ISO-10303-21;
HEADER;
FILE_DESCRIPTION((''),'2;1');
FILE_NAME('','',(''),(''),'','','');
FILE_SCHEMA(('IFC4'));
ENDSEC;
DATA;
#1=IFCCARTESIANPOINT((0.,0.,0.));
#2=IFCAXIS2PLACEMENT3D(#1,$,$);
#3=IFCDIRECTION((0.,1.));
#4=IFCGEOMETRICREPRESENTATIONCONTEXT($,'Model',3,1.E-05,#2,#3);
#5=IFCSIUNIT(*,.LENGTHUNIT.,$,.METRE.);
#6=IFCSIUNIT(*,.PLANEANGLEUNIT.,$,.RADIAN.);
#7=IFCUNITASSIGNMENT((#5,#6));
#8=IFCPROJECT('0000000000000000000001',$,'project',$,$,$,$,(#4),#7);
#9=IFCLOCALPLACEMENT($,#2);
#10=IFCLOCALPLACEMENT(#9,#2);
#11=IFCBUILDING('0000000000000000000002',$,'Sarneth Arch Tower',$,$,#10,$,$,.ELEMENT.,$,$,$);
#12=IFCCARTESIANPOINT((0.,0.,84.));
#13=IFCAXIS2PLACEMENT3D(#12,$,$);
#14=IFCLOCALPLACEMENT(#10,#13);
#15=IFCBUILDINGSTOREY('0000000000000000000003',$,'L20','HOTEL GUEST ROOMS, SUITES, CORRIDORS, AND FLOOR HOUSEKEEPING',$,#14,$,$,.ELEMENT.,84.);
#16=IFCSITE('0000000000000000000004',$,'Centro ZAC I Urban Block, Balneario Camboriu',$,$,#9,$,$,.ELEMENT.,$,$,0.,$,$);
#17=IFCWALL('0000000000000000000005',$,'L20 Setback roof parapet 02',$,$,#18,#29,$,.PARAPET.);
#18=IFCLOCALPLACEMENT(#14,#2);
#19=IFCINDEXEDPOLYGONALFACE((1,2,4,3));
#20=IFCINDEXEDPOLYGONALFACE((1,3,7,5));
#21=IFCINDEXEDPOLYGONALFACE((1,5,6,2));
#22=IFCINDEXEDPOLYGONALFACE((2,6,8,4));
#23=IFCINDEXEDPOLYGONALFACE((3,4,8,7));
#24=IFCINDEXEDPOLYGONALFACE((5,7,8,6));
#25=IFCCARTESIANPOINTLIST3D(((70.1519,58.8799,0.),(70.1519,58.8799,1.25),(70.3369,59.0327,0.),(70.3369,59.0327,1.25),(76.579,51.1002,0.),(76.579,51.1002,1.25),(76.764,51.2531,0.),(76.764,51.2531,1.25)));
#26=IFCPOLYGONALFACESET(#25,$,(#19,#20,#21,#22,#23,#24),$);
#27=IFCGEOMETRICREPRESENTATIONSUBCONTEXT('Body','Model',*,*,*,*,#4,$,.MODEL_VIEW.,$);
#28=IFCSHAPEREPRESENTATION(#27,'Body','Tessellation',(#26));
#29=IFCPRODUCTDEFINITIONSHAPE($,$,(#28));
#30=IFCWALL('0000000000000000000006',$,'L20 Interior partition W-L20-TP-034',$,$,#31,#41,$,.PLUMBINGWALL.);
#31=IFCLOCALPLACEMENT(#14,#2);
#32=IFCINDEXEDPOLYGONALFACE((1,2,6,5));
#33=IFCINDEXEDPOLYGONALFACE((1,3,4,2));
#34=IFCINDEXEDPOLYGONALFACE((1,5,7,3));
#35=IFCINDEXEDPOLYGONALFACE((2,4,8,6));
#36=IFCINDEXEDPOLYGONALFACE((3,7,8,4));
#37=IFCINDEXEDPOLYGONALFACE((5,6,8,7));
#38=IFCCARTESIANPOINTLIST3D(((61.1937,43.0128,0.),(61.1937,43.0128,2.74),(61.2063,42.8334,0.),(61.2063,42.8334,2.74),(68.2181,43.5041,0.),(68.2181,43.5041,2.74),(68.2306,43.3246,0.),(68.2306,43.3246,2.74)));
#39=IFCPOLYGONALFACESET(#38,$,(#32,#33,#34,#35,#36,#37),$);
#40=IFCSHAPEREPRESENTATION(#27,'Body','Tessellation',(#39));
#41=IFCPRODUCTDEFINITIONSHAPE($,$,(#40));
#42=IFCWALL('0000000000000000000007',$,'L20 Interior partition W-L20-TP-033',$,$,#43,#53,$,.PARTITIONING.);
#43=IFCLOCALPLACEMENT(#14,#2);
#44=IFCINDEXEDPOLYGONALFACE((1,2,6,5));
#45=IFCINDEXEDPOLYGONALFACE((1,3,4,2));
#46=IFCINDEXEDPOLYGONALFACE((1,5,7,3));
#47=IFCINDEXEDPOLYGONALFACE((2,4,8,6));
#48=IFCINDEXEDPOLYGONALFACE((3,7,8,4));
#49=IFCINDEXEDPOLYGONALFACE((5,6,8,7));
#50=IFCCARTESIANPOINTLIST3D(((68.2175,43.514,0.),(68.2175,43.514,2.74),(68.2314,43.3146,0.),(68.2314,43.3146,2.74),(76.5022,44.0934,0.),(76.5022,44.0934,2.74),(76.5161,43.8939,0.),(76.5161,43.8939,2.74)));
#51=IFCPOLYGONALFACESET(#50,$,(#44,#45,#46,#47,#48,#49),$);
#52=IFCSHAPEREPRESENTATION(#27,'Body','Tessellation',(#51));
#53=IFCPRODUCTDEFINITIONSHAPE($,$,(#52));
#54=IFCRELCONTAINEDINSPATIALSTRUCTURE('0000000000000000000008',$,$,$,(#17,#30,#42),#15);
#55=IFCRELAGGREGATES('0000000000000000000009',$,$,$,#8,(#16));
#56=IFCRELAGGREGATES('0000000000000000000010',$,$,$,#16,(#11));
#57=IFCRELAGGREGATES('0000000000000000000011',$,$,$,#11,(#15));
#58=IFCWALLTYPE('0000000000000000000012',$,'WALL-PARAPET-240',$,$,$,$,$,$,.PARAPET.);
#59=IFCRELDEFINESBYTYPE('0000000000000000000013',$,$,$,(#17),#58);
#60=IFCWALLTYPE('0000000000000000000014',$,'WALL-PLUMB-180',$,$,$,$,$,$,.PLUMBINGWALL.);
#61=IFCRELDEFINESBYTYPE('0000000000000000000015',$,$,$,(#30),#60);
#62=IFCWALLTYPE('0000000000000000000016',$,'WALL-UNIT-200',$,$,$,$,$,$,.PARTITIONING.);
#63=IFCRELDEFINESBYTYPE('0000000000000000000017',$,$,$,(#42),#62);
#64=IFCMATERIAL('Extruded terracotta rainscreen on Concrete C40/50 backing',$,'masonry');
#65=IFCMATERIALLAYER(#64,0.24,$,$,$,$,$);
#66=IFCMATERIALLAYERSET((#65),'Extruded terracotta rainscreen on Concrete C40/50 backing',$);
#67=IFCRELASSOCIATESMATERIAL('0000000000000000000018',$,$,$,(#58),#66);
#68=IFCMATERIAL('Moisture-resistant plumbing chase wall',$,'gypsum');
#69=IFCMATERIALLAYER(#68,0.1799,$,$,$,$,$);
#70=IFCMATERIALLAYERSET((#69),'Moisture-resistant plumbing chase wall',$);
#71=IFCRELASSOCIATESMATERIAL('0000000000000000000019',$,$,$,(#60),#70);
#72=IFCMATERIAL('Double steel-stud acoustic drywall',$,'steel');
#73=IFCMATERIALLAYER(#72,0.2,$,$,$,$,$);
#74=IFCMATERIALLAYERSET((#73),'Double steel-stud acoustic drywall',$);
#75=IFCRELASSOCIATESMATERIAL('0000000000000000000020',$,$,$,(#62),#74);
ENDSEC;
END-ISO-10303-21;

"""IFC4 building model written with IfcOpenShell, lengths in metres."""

from ifc_helpers import new_model, si_unit, direction, frame, frame_2d, origin, place, context, subcontext, project, spatial, rectangle, extrude, material, layer, layer_set, type_object, element, save


model = new_model("IFC4")

# Units and contexts
model_context = context("Model", 3, precision=1e-05, world=origin(), true_north=direction((0.0, 1.0)))
body_context = subcontext(model_context, "Body", "Model", "MODEL_VIEW")
ifc_project = project(units=[si_unit("LENGTHUNIT", "METRE"), si_unit("PLANEANGLEUNIT", "RADIAN")], contexts=[model_context])

# Site, building, storey
site_placement = place(None, origin())
site = spatial("IfcSite", under=ifc_project, at=site_placement, Name="Centro ZAC I Urban Block, Balneario Camboriu", CompositionType="ELEMENT", RefElevation=0.0)
building_placement = place(site_placement, origin())
building = spatial("IfcBuilding", under=site, at=building_placement, Name="Sarneth Arch Tower", CompositionType="ELEMENT")
storey_placement = place(building_placement, frame((0.0, 0.0, 84.0)))
storey = spatial("IfcBuildingStorey", under=building, at=storey_placement, Name="L20", Description="HOTEL GUEST ROOMS, SUITES, CORRIDORS, AND FLOOR HOUSEKEEPING", CompositionType="ELEMENT", Elevation=84.0)

# Walls
ifc_material_1 = material(Name="Extruded terracotta rainscreen on Concrete C40/50 backing", Category="masonry")
ifc_layer_1 = layer(ifc_material_1, 0.24)
ifc_layer_set_1 = layer_set([ifc_layer_1], Name="Extruded terracotta rainscreen on Concrete C40/50 backing")
wall_type_1 = type_object("IfcWallType", Name="WALL-PARAPET-240", PredefinedType="PARAPET", material=ifc_layer_set_1)
wall_1_placement = place(storey_placement, frame((76.6714, 51.1768, 0.0), z_axis=(0.0, 0.0, 1.0), x_axis=(-0.636906, 0.770941, 0.0)))
element("IfcWall", 1, at=wall_1_placement, inside=storey, type_object=wall_type_1, Name="L20 Setback roof parapet 02", PredefinedType="PARAPET", context=body_context, shape_type="SweptSolid", body=[
    extrude(rectangle(XDim=10.0911, YDim=0.24, at=frame_2d((5.0454, 0.0))), origin(), (0.0, 0.0, 1.0), 1.25),
])
ifc_material_2 = material(Name="Moisture-resistant plumbing chase wall", Category="gypsum")
ifc_layer_2 = layer(ifc_material_2, 0.1799)
ifc_layer_set_2 = layer_set([ifc_layer_2], Name="Moisture-resistant plumbing chase wall")
wall_type_2 = type_object("IfcWallType", Name="WALL-PLUMB-180", PredefinedType="PLUMBINGWALL", material=ifc_layer_set_2)
wall_2_placement = place(storey_placement, frame((68.2244, 43.4143, 0.0), z_axis=(0.0, 0.0, 1.0), x_axis=(-0.997564, -0.069759, 0.0)))
element("IfcWall", 2, at=wall_2_placement, inside=storey, type_object=wall_type_2, Name="L20 Interior partition W-L20-TP-034", PredefinedType="PLUMBINGWALL", context=body_context, shape_type="SweptSolid", body=[
    extrude(rectangle(XDim=7.0415, YDim=0.1799, at=frame_2d((3.5208, 0.0))), origin(), (0.0, 0.0, 1.0), 2.74),
])
ifc_material_3 = material(Name="Double steel-stud acoustic drywall", Category="steel")
ifc_layer_3 = layer(ifc_material_3, 0.2)
ifc_layer_set_3 = layer_set([ifc_layer_3], Name="Double steel-stud acoustic drywall")
wall_type_3 = type_object("IfcWallType", Name="WALL-UNIT-200", PredefinedType="PARTITIONING", material=ifc_layer_set_3)
wall_3_placement = place(storey_placement, frame((76.509, 43.9937, 0.0), z_axis=(0.0, 0.0, 1.0), x_axis=(-0.997564, -0.06976, 0.0)))
element("IfcWall", 3, at=wall_3_placement, inside=storey, type_object=wall_type_3, Name="L20 Interior partition W-L20-TP-033", PredefinedType="PARTITIONING", context=body_context, shape_type="SweptSolid", body=[
    extrude(rectangle(XDim=8.3049, YDim=0.2, at=frame_2d((4.1523, 0.0))), origin(), (0.0, 0.0, 1.0), 2.74),
])

save(model, "model.ifc")
